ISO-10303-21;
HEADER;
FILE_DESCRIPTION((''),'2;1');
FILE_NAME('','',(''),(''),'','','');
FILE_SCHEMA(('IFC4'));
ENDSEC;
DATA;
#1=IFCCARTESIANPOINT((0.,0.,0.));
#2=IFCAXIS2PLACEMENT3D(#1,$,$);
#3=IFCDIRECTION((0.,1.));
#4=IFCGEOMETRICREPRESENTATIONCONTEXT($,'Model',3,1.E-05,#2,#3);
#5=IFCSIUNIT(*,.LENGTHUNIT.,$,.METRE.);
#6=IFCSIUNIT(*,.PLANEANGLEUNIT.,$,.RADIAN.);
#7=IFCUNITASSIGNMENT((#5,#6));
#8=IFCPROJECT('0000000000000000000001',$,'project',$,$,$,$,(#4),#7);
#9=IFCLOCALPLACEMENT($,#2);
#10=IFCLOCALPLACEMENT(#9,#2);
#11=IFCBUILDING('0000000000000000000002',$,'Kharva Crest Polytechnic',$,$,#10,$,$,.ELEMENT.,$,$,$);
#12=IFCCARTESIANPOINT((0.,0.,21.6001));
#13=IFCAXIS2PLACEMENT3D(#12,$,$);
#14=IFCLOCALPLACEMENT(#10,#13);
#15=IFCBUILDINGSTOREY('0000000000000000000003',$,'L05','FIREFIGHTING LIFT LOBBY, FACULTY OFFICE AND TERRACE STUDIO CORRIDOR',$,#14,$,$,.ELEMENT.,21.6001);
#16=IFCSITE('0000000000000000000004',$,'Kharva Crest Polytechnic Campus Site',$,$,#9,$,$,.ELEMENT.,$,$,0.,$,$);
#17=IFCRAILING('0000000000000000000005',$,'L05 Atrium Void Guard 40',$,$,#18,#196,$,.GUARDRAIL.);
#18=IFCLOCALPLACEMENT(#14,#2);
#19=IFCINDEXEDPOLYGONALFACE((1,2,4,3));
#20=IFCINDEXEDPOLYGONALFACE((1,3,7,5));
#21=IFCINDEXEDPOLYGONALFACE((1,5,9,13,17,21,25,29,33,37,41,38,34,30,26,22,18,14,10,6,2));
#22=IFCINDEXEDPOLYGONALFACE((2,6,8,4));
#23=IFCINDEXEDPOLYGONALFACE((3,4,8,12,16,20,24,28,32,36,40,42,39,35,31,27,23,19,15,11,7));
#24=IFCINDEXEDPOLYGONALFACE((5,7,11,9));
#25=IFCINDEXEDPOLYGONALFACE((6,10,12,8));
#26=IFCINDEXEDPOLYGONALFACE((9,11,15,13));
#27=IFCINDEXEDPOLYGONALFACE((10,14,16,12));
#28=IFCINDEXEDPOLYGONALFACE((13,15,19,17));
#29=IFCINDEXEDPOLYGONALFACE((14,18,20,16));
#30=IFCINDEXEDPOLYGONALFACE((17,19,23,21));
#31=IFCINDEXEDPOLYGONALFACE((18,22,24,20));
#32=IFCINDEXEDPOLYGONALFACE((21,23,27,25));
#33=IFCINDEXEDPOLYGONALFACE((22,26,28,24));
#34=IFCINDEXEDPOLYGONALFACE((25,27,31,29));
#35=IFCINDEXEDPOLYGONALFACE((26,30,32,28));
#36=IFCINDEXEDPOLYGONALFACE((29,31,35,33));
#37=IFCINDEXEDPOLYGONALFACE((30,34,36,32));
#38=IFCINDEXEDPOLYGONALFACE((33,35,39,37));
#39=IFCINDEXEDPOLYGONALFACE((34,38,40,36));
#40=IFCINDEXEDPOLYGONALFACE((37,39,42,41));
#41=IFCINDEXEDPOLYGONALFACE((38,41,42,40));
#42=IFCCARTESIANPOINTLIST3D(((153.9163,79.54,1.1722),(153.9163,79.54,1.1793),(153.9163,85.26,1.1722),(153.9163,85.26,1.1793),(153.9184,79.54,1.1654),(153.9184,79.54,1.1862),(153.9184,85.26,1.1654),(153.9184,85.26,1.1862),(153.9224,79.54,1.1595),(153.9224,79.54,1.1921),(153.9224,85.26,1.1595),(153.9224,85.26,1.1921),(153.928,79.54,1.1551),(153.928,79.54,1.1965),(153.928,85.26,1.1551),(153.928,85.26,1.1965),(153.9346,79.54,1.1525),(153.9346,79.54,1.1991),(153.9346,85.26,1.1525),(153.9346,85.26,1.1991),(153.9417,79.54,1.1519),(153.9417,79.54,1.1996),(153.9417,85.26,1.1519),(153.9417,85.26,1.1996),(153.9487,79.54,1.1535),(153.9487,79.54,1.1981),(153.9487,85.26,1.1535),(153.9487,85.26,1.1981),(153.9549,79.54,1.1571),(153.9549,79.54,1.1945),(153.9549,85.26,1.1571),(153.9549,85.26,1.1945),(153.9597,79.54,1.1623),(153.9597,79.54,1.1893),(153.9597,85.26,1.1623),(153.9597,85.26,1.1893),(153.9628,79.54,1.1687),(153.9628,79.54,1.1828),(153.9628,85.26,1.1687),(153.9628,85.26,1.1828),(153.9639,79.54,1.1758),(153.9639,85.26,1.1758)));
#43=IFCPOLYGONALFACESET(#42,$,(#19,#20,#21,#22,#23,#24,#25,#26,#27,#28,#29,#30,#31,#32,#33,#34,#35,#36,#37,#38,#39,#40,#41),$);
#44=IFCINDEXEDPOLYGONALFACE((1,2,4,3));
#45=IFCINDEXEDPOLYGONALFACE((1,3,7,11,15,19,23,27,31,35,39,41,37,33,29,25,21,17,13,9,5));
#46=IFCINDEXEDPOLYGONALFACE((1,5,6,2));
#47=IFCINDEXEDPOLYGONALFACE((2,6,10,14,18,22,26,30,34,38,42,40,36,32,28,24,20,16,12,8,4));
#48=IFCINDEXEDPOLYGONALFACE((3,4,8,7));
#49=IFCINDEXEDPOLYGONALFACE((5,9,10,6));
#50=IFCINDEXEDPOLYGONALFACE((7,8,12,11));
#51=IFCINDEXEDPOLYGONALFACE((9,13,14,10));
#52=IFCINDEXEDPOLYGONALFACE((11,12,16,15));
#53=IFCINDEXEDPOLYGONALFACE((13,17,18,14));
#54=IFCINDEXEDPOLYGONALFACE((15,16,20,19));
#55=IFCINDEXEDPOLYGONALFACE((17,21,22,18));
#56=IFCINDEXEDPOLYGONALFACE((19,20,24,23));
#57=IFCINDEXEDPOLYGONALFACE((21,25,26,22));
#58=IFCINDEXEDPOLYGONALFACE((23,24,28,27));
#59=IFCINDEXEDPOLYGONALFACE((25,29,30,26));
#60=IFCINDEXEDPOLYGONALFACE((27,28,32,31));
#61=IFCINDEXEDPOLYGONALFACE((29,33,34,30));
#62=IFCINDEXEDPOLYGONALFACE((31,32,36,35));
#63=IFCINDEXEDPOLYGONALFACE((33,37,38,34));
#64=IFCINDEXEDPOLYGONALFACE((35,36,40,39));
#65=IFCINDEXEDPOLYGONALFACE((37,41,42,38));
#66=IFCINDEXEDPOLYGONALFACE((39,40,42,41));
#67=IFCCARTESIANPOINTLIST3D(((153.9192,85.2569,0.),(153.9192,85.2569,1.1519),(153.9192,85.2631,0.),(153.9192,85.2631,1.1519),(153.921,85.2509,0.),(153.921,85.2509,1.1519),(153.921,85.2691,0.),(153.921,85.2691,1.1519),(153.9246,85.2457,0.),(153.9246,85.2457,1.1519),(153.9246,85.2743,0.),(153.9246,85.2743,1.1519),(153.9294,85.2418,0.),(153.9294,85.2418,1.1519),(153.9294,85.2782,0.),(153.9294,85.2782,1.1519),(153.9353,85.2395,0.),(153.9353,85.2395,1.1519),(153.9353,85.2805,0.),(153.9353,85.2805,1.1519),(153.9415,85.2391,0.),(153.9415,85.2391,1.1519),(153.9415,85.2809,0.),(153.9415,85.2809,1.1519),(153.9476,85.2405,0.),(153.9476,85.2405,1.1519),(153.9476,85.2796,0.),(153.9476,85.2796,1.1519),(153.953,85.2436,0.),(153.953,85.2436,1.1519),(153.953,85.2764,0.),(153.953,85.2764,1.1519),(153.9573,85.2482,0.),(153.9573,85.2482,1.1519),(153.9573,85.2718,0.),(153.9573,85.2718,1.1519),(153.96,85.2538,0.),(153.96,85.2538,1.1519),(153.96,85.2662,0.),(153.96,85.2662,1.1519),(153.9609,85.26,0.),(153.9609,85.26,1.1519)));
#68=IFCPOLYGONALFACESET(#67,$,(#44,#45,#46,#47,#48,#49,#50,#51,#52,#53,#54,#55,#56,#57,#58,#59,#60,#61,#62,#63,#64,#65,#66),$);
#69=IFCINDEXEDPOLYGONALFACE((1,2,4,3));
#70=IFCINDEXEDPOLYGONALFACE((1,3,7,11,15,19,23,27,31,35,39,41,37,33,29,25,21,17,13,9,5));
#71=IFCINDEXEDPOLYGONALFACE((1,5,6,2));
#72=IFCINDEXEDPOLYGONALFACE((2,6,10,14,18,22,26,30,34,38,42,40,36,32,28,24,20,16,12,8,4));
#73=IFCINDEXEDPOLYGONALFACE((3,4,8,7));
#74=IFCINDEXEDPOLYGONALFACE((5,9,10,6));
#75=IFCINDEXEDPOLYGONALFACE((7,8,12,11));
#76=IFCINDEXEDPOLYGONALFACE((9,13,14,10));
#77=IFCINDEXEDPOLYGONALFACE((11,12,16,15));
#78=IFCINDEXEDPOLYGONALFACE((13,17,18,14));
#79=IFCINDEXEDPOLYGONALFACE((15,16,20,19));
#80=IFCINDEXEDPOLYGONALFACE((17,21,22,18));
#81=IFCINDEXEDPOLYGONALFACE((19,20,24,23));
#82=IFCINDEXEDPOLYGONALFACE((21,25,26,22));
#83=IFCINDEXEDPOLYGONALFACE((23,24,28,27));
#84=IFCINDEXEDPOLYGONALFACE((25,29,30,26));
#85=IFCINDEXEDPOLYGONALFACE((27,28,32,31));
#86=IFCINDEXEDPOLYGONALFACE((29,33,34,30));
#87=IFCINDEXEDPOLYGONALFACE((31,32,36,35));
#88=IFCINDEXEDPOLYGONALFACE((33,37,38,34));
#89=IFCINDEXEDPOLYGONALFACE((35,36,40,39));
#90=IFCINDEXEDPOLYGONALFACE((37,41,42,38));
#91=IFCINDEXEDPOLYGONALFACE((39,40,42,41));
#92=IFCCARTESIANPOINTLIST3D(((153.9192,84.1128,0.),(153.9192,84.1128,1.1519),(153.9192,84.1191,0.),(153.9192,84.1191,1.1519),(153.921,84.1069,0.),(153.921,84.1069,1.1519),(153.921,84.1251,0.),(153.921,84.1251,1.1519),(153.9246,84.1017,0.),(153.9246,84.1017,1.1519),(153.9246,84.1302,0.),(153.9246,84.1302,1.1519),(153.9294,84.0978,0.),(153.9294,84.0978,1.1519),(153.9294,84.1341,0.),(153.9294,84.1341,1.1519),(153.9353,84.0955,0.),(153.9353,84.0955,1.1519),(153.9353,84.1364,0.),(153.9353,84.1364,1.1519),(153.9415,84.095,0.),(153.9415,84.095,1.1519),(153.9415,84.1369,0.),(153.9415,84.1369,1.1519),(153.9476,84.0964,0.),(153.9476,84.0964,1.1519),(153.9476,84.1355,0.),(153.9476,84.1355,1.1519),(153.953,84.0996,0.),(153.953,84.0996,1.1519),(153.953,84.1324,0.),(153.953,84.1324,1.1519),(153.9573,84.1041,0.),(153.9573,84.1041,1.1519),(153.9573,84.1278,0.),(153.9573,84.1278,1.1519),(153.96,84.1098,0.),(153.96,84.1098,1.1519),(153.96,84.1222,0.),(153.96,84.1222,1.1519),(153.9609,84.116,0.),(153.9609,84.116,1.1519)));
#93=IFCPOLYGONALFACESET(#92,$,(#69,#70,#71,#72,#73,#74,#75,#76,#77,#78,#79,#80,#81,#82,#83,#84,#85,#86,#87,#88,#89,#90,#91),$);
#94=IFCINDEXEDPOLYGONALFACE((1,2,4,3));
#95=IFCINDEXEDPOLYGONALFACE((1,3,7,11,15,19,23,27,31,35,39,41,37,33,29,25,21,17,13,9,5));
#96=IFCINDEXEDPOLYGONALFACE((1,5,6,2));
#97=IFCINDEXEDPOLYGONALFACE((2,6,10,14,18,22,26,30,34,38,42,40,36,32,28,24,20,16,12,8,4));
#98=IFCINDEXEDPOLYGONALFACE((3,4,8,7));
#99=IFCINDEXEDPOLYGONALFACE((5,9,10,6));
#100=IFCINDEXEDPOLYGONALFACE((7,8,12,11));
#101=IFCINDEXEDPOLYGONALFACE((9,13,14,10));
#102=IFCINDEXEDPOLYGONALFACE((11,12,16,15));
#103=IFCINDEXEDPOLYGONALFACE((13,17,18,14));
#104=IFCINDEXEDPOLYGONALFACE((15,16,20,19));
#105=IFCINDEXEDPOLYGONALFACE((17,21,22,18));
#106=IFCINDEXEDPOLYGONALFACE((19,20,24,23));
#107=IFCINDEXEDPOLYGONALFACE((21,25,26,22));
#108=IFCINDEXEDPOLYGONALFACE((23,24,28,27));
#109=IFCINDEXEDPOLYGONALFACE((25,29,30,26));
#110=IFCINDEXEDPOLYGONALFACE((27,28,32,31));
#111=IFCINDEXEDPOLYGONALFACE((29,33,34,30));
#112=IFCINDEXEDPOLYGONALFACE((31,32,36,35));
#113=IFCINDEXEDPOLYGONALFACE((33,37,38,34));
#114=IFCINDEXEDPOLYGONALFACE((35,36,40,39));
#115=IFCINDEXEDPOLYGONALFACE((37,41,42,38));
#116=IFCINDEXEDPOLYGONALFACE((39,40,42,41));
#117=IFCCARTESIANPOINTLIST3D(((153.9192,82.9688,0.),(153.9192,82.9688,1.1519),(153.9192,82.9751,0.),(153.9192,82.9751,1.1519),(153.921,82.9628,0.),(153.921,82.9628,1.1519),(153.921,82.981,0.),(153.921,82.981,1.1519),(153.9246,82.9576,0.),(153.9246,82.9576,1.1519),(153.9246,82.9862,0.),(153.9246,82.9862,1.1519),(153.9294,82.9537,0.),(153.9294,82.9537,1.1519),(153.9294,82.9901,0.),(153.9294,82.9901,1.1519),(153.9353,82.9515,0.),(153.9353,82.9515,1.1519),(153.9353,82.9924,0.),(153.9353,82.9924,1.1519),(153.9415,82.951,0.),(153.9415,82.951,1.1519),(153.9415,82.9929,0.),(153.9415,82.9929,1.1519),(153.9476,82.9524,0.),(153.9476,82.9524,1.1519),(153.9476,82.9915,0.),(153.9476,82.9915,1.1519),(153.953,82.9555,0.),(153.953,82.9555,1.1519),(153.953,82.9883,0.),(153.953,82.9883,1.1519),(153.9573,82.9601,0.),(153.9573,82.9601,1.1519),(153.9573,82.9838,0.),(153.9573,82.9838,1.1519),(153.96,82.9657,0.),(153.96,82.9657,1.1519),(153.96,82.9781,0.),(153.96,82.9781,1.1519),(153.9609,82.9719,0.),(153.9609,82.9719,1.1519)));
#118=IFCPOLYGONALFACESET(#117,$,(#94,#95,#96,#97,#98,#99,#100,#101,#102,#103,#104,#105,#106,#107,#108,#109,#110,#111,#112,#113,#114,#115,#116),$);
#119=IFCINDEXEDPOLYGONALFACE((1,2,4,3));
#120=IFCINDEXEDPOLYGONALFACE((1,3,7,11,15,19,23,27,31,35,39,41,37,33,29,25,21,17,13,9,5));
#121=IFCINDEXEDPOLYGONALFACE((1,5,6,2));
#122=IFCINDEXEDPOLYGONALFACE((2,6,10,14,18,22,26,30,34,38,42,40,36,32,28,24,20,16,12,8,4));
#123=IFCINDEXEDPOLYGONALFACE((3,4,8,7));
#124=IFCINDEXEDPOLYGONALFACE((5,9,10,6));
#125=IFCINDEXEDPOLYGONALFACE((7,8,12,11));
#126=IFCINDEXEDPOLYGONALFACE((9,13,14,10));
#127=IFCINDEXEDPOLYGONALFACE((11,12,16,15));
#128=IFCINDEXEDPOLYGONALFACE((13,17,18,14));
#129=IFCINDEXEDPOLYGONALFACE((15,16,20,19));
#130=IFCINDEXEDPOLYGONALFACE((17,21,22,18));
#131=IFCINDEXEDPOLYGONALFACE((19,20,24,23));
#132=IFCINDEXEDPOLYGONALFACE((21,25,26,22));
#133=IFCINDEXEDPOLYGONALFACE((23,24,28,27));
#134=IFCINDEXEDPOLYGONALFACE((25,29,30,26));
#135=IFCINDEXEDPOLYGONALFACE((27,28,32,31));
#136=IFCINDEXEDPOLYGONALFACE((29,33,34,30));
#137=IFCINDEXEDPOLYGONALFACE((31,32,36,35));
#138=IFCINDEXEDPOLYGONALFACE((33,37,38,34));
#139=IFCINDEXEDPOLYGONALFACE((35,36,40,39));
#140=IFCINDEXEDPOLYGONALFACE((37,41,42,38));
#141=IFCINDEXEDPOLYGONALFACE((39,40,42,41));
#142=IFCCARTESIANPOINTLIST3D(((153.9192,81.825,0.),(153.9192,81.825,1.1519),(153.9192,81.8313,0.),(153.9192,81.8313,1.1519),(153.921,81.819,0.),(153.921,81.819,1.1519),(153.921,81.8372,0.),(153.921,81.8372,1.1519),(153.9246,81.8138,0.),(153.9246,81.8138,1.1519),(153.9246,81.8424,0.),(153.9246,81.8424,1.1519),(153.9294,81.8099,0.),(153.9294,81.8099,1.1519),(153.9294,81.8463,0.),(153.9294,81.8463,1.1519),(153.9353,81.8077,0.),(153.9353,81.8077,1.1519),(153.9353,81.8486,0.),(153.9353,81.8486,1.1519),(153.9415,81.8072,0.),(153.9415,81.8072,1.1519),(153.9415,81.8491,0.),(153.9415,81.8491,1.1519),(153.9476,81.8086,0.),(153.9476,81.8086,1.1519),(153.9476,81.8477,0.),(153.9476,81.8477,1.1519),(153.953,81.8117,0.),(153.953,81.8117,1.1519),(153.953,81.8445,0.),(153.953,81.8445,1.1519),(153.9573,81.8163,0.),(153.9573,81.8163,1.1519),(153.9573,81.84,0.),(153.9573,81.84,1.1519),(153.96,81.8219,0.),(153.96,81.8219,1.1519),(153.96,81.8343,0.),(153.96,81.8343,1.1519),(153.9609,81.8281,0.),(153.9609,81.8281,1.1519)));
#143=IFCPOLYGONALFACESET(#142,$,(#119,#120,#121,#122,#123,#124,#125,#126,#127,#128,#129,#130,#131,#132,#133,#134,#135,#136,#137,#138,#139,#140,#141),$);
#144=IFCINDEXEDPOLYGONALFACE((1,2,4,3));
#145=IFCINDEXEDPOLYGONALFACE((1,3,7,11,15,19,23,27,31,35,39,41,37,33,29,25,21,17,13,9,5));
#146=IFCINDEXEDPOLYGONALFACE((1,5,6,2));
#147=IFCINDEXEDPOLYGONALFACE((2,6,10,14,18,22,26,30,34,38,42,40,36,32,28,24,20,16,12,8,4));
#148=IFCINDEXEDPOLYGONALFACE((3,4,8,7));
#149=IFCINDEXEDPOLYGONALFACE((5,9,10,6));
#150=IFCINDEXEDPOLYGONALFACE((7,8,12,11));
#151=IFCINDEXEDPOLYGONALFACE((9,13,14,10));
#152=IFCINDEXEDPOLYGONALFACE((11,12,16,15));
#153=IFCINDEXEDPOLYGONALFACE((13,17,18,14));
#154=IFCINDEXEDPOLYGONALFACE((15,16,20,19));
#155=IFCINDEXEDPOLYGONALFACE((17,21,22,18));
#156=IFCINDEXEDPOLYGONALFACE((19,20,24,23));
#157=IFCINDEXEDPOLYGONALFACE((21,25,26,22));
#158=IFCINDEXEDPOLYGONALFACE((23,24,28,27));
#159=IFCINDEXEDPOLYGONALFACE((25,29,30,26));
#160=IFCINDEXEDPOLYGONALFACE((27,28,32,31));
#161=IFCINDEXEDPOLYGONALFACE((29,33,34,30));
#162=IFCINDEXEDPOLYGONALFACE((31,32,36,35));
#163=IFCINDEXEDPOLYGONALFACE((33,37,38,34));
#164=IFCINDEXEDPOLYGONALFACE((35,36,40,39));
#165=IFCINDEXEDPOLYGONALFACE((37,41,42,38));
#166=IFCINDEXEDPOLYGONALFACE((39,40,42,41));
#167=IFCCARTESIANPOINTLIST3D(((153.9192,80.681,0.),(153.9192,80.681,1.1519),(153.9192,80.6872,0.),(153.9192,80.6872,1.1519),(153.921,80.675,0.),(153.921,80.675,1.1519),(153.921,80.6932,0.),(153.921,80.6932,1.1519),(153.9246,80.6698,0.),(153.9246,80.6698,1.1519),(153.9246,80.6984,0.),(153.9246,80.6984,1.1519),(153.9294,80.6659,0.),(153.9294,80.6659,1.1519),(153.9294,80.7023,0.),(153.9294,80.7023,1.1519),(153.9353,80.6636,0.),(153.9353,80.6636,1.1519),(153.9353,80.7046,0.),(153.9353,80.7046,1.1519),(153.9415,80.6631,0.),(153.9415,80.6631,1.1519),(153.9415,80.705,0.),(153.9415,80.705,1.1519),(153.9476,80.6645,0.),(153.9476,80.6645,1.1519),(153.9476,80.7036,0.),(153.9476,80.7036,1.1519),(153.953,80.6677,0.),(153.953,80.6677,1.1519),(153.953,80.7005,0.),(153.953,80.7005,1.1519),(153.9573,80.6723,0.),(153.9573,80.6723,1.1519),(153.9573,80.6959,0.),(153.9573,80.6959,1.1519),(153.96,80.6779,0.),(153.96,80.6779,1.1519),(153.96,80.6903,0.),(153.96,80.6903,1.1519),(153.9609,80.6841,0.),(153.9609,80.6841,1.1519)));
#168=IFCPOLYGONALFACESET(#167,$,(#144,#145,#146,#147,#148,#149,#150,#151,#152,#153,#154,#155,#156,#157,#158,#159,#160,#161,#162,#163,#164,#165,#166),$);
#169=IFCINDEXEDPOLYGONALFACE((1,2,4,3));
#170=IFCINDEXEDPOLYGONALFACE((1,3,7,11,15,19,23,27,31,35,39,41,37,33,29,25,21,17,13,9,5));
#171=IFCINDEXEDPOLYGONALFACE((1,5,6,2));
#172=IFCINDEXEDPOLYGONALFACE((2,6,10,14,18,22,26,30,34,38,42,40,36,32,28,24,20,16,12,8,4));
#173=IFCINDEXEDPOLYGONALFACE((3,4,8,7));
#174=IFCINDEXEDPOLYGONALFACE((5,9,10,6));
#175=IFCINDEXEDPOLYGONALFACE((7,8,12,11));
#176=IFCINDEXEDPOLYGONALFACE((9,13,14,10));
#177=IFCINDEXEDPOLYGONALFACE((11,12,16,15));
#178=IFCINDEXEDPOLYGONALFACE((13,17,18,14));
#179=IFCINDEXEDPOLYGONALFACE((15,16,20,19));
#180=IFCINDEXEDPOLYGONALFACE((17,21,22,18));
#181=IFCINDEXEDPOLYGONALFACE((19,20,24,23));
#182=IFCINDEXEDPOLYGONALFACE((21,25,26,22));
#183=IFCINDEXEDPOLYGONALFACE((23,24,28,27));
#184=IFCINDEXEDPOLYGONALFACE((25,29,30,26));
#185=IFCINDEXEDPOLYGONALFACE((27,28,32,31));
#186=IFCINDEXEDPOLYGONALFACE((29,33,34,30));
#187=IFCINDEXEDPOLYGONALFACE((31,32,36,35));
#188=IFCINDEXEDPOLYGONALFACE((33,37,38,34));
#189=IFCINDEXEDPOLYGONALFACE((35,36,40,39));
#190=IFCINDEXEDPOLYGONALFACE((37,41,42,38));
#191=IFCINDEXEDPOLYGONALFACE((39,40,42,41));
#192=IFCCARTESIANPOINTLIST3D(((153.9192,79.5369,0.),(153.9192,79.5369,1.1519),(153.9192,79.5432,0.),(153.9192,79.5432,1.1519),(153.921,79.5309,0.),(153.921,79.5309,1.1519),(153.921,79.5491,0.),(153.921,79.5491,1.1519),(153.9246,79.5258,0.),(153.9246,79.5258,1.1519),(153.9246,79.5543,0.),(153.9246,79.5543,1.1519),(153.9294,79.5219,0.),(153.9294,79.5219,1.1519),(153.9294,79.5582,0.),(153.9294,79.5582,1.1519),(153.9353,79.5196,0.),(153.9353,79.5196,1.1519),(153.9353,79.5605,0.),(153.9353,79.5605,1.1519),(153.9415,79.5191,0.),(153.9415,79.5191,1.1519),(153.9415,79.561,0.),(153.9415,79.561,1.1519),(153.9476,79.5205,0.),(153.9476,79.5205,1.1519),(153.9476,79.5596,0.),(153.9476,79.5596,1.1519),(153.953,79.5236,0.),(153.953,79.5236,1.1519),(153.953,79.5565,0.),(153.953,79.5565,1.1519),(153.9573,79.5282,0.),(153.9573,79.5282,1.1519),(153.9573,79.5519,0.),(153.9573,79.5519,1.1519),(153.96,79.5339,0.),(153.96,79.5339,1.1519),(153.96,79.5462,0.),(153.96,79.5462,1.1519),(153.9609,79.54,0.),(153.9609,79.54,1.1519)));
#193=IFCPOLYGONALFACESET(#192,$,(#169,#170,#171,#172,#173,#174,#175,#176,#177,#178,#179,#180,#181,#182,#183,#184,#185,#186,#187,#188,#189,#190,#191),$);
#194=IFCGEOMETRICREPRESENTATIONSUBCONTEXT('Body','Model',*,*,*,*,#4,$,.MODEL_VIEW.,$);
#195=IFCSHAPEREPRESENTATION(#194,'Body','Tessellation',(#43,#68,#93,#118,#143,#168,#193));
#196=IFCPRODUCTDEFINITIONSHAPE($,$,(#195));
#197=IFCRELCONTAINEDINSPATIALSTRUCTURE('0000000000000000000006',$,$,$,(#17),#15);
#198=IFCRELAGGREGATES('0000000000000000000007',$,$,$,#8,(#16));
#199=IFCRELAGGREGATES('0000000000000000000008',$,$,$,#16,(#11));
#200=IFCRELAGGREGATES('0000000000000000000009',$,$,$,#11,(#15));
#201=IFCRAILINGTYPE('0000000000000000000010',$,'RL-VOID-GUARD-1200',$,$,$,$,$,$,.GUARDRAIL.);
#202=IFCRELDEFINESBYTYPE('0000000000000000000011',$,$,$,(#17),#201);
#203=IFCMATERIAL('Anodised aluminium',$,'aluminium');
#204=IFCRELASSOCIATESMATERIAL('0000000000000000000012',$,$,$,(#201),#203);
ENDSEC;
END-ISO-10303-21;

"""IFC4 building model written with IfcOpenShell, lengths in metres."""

from ifc_helpers import new_model, si_unit, direction, frame, origin, origin_2d, place, context, subcontext, project, spatial, circle, extrude, material, type_object, element, save


model = new_model("IFC4")

# Units and contexts
model_context = context("Model", 3, precision=1e-05, world=origin(), true_north=direction((0.0, 1.0)))
body_context = subcontext(model_context, "Body", "Model", "MODEL_VIEW")
ifc_project = project(units=[si_unit("LENGTHUNIT", "METRE"), si_unit("PLANEANGLEUNIT", "RADIAN")], contexts=[model_context])

# Site, building, storey
site_placement = place(None, origin())
site = spatial("IfcSite", under=ifc_project, at=site_placement, Name="Kharva Crest Polytechnic Campus Site", CompositionType="ELEMENT", RefElevation=0.0)
building_placement = place(site_placement, origin())
building = spatial("IfcBuilding", under=site, at=building_placement, Name="Kharva Crest Polytechnic", CompositionType="ELEMENT")
storey_placement = place(building_placement, frame((0.0, 0.0, 21.6001)))
storey = spatial("IfcBuildingStorey", under=building, at=storey_placement, Name="L05", Description="FIREFIGHTING LIFT LOBBY, FACULTY OFFICE AND TERRACE STUDIO CORRIDOR", CompositionType="ELEMENT", Elevation=21.6001)

# Shared definitions
ifc_material_1 = material(Name="Anodised aluminium", Category="aluminium")

# Railing
railing_type = type_object("IfcRailingType", Name="RL-VOID-GUARD-1200", PredefinedType="GUARDRAIL", material=ifc_material_1)
railing_1_placement = place(storey_placement, frame((153.9399, 85.26, 0.0)))
element("IfcRailing", 1, at=railing_1_placement, inside=storey, type_object=railing_type, Name="L05 Atrium Void Guard 40", PredefinedType="GUARDRAIL", context=body_context, shape_type="SweptSolid", body=[
    extrude(circle(Radius=0.0239, at=origin_2d()), frame((0.0, 0.0, 1.1758), z_axis=(0.0, -1.0, 0.0), x_axis=(1.0, 0.0, 0.0)), (0.0, 0.0, 1.0), 5.72),
    extrude(circle(Radius=0.021, at=origin_2d()), origin(), (0.0, 0.0, 1.0), 1.1519),
    extrude(circle(Radius=0.021, at=origin_2d()), frame((0.0, -1.144, 0.0)), (0.0, 0.0, 1.0), 1.1519),
    extrude(circle(Radius=0.021, at=origin_2d()), frame((0.0, -2.2881, 0.0)), (0.0, 0.0, 1.0), 1.1519),
    extrude(circle(Radius=0.021, at=origin_2d()), frame((0.0, -3.4319, 0.0)), (0.0, 0.0, 1.0), 1.1519),
    extrude(circle(Radius=0.021, at=origin_2d()), frame((0.0, -4.5759, 0.0)), (0.0, 0.0, 1.0), 1.1519),
    extrude(circle(Radius=0.021, at=origin_2d()), frame((0.0, -5.72, 0.0)), (0.0, 0.0, 1.0), 1.1519),
])

save(model, "model.ifc")
